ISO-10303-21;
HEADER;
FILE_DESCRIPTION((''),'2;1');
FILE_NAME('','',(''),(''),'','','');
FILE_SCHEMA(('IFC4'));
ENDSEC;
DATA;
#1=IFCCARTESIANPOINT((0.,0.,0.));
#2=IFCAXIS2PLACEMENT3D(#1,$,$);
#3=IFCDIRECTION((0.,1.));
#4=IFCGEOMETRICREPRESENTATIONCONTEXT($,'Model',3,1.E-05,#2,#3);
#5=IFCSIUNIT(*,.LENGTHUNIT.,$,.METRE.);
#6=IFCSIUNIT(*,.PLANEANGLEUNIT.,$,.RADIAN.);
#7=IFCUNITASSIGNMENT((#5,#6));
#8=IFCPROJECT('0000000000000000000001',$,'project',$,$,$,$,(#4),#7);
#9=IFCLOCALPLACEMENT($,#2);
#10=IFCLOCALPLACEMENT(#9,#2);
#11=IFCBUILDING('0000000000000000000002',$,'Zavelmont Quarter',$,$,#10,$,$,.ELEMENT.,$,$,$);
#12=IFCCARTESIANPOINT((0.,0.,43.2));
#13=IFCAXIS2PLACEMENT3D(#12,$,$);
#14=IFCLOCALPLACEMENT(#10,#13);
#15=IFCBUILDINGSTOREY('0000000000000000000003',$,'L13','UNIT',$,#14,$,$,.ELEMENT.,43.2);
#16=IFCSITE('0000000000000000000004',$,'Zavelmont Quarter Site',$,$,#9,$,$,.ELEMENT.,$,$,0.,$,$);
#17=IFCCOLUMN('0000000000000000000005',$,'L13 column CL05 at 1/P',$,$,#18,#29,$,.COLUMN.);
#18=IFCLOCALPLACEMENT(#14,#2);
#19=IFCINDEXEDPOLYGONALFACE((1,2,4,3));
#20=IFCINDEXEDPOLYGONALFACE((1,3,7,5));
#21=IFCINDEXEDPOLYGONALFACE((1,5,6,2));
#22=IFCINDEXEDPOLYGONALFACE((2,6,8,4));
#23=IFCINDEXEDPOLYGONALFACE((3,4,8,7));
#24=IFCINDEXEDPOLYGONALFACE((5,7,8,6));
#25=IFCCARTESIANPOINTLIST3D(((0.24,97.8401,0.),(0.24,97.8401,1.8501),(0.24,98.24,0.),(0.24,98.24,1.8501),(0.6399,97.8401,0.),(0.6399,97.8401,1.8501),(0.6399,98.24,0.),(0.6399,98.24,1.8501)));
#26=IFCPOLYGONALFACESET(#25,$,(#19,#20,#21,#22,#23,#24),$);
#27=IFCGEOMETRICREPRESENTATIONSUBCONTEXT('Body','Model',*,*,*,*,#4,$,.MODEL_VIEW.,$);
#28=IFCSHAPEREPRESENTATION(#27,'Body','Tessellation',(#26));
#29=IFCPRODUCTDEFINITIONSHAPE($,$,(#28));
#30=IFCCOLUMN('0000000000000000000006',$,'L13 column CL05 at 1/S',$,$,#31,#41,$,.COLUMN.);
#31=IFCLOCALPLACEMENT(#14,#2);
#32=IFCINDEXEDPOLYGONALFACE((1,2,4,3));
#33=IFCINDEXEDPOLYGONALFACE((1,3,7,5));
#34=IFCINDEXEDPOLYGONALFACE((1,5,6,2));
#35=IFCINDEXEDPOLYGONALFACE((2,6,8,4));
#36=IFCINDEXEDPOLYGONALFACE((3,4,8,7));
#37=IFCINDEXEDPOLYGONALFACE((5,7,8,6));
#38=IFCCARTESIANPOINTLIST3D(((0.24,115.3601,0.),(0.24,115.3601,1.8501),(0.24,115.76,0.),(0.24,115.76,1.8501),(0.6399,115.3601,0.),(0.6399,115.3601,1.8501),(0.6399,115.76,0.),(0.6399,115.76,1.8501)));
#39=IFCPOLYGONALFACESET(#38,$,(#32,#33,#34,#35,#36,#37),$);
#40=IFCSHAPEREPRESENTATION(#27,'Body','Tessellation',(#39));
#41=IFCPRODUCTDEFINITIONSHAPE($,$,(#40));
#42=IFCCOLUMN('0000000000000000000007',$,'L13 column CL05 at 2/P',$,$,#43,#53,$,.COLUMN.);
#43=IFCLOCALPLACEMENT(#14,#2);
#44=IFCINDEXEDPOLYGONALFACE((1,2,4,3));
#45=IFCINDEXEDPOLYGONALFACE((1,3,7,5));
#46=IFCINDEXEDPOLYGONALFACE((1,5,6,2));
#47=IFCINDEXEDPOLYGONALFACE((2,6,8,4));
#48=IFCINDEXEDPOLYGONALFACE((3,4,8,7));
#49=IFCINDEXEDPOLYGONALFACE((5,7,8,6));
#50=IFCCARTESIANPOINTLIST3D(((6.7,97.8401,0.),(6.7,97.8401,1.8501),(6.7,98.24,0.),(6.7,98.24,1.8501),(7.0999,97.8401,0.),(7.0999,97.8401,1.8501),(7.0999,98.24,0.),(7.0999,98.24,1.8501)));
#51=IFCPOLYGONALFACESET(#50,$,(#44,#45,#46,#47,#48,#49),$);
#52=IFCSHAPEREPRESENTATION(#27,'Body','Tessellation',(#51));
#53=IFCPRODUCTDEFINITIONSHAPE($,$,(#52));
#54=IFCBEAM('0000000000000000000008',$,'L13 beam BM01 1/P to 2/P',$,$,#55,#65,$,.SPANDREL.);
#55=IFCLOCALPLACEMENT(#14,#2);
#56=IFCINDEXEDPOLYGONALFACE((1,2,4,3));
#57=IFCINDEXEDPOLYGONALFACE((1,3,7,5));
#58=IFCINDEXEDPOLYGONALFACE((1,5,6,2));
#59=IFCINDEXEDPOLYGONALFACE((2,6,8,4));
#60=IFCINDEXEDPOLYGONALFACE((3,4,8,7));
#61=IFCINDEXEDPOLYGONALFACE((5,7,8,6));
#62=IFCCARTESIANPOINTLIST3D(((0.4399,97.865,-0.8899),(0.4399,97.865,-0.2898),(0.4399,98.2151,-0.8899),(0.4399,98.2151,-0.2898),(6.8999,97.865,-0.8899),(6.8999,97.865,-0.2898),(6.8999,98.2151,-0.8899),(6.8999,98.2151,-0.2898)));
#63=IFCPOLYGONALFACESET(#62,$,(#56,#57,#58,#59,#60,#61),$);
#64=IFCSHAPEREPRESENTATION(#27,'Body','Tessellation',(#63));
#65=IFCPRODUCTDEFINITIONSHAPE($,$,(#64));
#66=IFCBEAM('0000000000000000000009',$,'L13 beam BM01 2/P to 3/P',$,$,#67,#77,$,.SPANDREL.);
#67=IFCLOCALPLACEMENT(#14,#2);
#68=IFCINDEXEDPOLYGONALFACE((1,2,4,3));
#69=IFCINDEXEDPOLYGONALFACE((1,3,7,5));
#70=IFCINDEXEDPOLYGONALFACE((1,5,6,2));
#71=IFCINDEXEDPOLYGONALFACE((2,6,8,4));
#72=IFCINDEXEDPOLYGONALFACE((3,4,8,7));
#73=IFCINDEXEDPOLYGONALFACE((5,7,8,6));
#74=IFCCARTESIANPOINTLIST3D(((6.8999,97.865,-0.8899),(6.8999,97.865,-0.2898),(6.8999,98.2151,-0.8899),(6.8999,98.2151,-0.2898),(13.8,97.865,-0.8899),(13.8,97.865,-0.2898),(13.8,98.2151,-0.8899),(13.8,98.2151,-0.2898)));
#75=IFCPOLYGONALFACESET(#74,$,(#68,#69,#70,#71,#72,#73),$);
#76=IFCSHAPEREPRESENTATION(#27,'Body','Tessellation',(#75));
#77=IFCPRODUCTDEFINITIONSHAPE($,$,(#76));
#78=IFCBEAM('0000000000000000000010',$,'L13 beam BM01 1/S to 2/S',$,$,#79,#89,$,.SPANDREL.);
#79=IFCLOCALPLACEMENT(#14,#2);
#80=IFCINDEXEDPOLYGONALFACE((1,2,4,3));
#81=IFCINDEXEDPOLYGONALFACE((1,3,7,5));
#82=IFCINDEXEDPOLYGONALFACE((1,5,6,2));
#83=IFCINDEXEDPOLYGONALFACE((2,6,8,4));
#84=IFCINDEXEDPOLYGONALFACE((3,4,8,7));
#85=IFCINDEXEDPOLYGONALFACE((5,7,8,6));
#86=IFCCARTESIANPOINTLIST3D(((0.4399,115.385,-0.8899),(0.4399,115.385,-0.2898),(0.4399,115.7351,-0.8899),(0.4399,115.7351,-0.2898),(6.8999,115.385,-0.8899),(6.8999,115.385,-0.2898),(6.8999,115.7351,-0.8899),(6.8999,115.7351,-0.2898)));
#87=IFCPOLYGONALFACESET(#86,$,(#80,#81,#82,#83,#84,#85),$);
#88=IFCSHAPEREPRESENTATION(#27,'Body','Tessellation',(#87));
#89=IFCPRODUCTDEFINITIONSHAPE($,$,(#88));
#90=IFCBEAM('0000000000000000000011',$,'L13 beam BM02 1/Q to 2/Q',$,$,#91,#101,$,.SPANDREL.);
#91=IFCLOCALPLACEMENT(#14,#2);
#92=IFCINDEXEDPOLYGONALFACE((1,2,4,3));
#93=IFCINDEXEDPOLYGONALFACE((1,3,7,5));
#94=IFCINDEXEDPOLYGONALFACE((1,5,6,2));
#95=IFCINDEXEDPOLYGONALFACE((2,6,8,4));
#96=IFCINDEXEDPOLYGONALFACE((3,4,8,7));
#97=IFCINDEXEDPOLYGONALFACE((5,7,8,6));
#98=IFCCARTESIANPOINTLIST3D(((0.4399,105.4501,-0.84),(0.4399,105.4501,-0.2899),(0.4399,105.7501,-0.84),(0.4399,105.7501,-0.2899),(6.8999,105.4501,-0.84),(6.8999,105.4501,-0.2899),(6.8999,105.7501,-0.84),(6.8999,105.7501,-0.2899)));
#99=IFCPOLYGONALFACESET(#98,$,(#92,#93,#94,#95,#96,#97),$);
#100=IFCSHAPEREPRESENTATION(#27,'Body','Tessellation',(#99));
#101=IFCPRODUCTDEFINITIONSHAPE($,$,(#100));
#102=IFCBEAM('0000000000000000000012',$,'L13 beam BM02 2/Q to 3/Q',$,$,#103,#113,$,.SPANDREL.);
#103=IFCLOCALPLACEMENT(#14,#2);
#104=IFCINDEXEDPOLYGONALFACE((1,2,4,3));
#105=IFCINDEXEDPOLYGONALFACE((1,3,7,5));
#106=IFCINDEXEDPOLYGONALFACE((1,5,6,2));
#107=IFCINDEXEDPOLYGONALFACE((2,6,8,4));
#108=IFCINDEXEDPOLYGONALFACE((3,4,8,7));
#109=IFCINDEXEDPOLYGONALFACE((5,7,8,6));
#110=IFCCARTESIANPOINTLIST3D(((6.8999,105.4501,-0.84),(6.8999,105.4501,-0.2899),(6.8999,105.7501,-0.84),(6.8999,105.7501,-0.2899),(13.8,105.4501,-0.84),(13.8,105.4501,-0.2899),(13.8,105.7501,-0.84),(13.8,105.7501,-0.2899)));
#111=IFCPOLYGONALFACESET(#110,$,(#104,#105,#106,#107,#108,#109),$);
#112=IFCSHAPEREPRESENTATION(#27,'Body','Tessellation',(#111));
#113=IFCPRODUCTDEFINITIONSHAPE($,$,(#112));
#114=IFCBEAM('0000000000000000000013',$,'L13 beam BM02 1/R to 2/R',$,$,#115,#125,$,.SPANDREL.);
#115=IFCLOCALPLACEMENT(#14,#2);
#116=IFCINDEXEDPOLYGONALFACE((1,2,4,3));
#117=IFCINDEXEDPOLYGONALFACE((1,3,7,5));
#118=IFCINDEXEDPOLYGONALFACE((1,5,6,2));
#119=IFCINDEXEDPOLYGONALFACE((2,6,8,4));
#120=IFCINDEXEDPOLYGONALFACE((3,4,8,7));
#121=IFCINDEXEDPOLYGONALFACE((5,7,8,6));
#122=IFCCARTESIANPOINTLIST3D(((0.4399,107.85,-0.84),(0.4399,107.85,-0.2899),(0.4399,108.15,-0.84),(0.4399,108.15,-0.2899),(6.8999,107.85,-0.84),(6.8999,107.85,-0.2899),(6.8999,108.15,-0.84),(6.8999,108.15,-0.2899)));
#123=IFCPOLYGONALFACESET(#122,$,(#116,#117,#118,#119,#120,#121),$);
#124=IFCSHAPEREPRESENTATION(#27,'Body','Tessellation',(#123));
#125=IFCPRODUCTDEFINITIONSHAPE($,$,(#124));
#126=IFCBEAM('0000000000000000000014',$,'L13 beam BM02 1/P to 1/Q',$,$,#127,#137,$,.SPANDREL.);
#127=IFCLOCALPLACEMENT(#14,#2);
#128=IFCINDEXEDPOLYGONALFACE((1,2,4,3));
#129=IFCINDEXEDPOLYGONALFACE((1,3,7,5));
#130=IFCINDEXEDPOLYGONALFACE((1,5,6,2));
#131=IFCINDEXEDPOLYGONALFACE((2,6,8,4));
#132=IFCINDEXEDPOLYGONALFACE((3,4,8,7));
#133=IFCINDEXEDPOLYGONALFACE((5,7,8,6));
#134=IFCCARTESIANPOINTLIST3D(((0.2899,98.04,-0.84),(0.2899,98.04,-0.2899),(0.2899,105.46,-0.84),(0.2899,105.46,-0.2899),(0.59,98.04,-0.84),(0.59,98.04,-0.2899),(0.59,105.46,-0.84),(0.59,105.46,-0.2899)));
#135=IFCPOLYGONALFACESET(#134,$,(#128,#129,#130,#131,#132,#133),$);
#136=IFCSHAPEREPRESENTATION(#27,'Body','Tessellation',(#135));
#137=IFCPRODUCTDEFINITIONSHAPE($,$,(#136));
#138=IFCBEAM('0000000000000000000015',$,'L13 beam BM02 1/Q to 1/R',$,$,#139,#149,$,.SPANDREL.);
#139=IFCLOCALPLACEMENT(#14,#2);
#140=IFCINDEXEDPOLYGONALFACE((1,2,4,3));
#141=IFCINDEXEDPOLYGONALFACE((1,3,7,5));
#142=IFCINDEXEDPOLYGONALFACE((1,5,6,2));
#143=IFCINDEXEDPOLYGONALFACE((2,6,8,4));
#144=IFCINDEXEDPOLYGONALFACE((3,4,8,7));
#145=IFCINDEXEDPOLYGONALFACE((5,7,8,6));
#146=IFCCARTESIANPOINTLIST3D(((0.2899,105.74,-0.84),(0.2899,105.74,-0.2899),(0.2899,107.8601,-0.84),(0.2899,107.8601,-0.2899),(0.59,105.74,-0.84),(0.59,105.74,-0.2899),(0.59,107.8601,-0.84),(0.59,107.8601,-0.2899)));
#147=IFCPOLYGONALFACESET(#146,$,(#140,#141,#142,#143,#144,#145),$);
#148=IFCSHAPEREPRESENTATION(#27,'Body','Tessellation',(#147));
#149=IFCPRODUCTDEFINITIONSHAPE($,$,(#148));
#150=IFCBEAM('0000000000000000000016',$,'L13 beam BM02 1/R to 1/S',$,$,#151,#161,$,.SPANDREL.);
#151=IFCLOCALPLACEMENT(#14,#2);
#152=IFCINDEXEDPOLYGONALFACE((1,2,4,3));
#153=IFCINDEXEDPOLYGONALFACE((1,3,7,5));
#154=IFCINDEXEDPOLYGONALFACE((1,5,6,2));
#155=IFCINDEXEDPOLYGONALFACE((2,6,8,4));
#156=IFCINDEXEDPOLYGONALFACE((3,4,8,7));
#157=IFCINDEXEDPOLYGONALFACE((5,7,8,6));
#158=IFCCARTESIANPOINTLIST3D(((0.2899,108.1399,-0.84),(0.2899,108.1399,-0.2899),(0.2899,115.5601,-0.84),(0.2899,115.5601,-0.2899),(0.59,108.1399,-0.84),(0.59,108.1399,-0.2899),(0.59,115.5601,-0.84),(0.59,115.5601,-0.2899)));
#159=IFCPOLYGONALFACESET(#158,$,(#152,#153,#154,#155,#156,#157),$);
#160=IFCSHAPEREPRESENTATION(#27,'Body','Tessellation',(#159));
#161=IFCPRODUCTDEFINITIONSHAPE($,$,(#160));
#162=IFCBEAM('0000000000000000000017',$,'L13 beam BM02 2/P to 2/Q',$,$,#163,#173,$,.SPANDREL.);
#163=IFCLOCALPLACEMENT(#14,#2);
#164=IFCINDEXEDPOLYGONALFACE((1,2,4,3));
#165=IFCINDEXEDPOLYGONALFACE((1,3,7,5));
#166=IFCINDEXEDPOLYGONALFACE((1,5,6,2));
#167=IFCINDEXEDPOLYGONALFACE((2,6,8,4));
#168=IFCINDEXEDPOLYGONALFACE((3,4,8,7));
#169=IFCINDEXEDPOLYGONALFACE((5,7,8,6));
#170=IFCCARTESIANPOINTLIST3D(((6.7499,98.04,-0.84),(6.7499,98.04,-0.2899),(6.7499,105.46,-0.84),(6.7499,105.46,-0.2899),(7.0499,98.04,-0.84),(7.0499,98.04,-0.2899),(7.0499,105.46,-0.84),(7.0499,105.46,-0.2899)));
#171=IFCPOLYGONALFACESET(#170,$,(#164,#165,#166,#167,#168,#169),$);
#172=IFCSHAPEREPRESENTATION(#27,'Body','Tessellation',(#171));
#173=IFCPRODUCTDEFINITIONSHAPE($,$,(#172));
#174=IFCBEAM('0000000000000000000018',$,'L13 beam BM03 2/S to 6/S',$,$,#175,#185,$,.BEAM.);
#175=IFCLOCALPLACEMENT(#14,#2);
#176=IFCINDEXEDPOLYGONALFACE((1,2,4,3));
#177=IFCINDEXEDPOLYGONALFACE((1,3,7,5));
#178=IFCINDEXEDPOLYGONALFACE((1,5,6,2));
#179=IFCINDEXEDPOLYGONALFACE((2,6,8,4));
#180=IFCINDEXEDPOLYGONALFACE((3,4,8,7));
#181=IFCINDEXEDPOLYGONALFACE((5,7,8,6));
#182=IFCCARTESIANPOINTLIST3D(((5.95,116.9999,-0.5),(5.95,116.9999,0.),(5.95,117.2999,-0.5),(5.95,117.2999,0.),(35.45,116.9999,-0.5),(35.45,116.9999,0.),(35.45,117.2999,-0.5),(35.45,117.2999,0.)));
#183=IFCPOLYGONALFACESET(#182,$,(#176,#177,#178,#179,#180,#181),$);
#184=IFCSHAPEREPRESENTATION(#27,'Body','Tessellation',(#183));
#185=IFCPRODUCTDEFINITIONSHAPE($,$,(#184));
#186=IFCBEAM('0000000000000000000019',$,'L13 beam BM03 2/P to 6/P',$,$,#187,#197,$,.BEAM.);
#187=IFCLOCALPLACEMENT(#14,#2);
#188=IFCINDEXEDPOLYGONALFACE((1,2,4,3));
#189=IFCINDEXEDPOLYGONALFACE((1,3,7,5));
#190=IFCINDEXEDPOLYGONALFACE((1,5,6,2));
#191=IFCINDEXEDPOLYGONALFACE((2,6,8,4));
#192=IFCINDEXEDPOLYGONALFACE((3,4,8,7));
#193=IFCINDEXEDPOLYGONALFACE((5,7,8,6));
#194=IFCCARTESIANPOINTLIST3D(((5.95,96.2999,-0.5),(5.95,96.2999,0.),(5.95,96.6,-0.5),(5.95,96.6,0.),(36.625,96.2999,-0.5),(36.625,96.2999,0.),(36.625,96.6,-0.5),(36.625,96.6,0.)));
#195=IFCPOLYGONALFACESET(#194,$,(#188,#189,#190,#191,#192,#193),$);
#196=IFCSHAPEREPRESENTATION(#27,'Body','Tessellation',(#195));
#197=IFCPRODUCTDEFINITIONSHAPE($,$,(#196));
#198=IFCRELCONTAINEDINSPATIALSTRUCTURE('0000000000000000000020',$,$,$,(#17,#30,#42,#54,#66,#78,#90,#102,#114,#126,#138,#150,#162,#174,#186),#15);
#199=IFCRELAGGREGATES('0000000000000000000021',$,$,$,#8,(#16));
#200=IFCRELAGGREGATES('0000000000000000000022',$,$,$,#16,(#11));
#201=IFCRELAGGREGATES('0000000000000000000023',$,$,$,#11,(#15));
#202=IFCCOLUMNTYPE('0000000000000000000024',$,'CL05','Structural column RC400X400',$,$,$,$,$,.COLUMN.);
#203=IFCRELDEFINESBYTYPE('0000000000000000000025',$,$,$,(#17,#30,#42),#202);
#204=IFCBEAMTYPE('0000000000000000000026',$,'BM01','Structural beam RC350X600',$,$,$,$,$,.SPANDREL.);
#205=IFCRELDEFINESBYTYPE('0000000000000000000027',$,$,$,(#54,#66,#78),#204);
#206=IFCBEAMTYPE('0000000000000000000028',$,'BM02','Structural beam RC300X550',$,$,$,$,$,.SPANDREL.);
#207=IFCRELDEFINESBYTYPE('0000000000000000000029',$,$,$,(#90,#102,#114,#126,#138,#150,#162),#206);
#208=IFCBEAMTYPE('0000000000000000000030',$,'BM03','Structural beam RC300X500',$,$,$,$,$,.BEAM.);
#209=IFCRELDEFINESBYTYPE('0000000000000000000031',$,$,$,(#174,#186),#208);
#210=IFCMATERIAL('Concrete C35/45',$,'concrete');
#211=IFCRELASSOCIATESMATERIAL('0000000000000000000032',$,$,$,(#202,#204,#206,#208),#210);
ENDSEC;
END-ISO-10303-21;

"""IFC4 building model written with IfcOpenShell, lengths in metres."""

from ifc_helpers import new_model, si_unit, direction, frame, origin, origin_2d, place, context, subcontext, project, spatial, rectangle, extrude, material, material_profile, profile_set, type_object, element, save


model = new_model("IFC4")

# Units and contexts
model_context = context("Model", 3, precision=1e-05, world=origin(), true_north=direction((0.0, 1.0)))
body_context = subcontext(model_context, "Body", "Model", "MODEL_VIEW")
ifc_project = project(units=[si_unit("LENGTHUNIT", "METRE"), si_unit("PLANEANGLEUNIT", "RADIAN")], contexts=[model_context])

# Site, building, storey
site_placement = place(None, origin())
site = spatial("IfcSite", under=ifc_project, at=site_placement, Name="Zavelmont Quarter Site", CompositionType="ELEMENT", RefElevation=0.0)
building_placement = place(site_placement, origin())
building = spatial("IfcBuilding", under=site, at=building_placement, Name="Zavelmont Quarter", CompositionType="ELEMENT")
storey_placement = place(building_placement, frame((0.0, 0.0, 43.2)))
storey = spatial("IfcBuildingStorey", under=building, at=storey_placement, Name="L13", Description="UNIT", CompositionType="ELEMENT", Elevation=43.2)

# Columns
ifc_material_1 = material(Name="Concrete C35/45", Category="concrete")
ifc_material_profile_1 = material_profile(ifc_material_1, rectangle(XDim=0.3999, YDim=0.3999, at=origin_2d()), Name="RC400X400")
ifc_profile_set_1 = profile_set([ifc_material_profile_1], Name="Concrete C35/45")
column_type = type_object("IfcColumnType", Name="CL05", Description="Structural column RC400X400", PredefinedType="COLUMN", material=ifc_profile_set_1)
for number, where, z_axis, x_axis, name in (
    (1, (0.4399, 98.04, 0.0), (0.0, 0.0, 1.0), (1.0, 0.0, 0.0), "L13 column CL05 at 1/P"),
    (2, (0.4399, 115.5601, 0.0), (0.0, 0.0, 1.0), (1.0, 0.0, 0.0), "L13 column CL05 at 1/S"),
    (3, (6.8999, 98.04, 0.0), (0.0, 0.0, 1.0), (1.0, 0.0, 0.0), "L13 column CL05 at 2/P"),
):
    element("IfcColumn", number, at=place(storey_placement, frame(where, z_axis=z_axis, x_axis=x_axis)), inside=storey, type_object=column_type, Name=name, PredefinedType="COLUMN", context=body_context, shape_type="SweptSolid", body=[
        extrude(rectangle(XDim=0.3999, YDim=0.3999, at=origin_2d()), origin(), (0.0, 0.0, 1.0), 1.8501),
    ])

# Beams
ifc_material_profile_2 = material_profile(ifc_material_1, rectangle(XDim=0.3501, YDim=0.6001, at=origin_2d()), Name="RC350X600")
ifc_profile_set_2 = profile_set([ifc_material_profile_2], Name="Concrete C35/45")
beam_type_1 = type_object("IfcBeamType", Name="BM01", Description="Structural beam RC350X600", PredefinedType="SPANDREL", material=ifc_profile_set_2)
beam_1_placement = place(storey_placement, frame((0.4399, 98.04, -0.5898), z_axis=(1.0, 0.0, 0.0), x_axis=(0.0, 1.0, 0.0)))
element("IfcBeam", 4, at=beam_1_placement, inside=storey, type_object=beam_type_1, Name="L13 beam BM01 1/P to 2/P", PredefinedType="SPANDREL", context=body_context, shape_type="SweptSolid", body=[
    extrude(rectangle(XDim=0.3501, YDim=0.6001, at=origin_2d()), origin(), (0.0, 0.0, 1.0), 6.46),
])
beam_2_placement = place(storey_placement, frame((6.8999, 98.04, -0.5898), z_axis=(1.0, 0.0, 0.0), x_axis=(0.0, 1.0, 0.0)))
element("IfcBeam", 5, at=beam_2_placement, inside=storey, type_object=beam_type_1, Name="L13 beam BM01 2/P to 3/P", PredefinedType="SPANDREL", context=body_context, shape_type="SweptSolid", body=[
    extrude(rectangle(XDim=0.3501, YDim=0.6001, at=origin_2d()), origin(), (0.0, 0.0, 1.0), 6.9001),
])
beam_3_placement = place(storey_placement, frame((0.4399, 115.5601, -0.5898), z_axis=(1.0, 0.0, 0.0), x_axis=(0.0, 1.0, 0.0)))
element("IfcBeam", 6, at=beam_3_placement, inside=storey, type_object=beam_type_1, Name="L13 beam BM01 1/S to 2/S", PredefinedType="SPANDREL", context=body_context, shape_type="SweptSolid", body=[
    extrude(rectangle(XDim=0.3501, YDim=0.6001, at=origin_2d()), origin(), (0.0, 0.0, 1.0), 6.46),
])
ifc_material_profile_3 = material_profile(ifc_material_1, rectangle(XDim=0.3, YDim=0.55, at=origin_2d()), Name="RC300X550")
ifc_profile_set_3 = profile_set([ifc_material_profile_3], Name="Concrete C35/45")
beam_type_2 = type_object("IfcBeamType", Name="BM02", Description="Structural beam RC300X550", PredefinedType="SPANDREL", material=ifc_profile_set_3)
beam_4_placement = place(storey_placement, frame((0.4399, 105.6001, -0.5649), z_axis=(1.0, 0.0, 0.0), x_axis=(0.0, 1.0, 0.0)))
element("IfcBeam", 7, at=beam_4_placement, inside=storey, type_object=beam_type_2, Name="L13 beam BM02 1/Q to 2/Q", PredefinedType="SPANDREL", context=body_context, shape_type="SweptSolid", body=[
    extrude(rectangle(XDim=0.3, YDim=0.55, at=origin_2d()), origin(), (0.0, 0.0, 1.0), 6.46),
])
beam_5_placement = place(storey_placement, frame((6.8999, 105.6001, -0.5649), z_axis=(1.0, 0.0, 0.0), x_axis=(0.0, 1.0, 0.0)))
element("IfcBeam", 8, at=beam_5_placement, inside=storey, type_object=beam_type_2, Name="L13 beam BM02 2/Q to 3/Q", PredefinedType="SPANDREL", context=body_context, shape_type="SweptSolid", body=[
    extrude(rectangle(XDim=0.3, YDim=0.55, at=origin_2d()), origin(), (0.0, 0.0, 1.0), 6.9001),
])
beam_6_placement = place(storey_placement, frame((0.4399, 108.0, -0.5649), z_axis=(1.0, 0.0, 0.0), x_axis=(0.0, 1.0, 0.0)))
element("IfcBeam", 9, at=beam_6_placement, inside=storey, type_object=beam_type_2, Name="L13 beam BM02 1/R to 2/R", PredefinedType="SPANDREL", context=body_context, shape_type="SweptSolid", body=[
    extrude(rectangle(XDim=0.3, YDim=0.55, at=origin_2d()), origin(), (0.0, 0.0, 1.0), 6.46),
])
beam_7_placement = place(storey_placement, frame((0.4399, 98.04, -0.5649), z_axis=(0.0, 1.0, 0.0), x_axis=(-1.0, 0.0, 0.0)))
element("IfcBeam", 10, at=beam_7_placement, inside=storey, type_object=beam_type_2, Name="L13 beam BM02 1/P to 1/Q", PredefinedType="SPANDREL", context=body_context, shape_type="SweptSolid", body=[
    extrude(rectangle(XDim=0.3, YDim=0.55, at=origin_2d()), origin(), (0.0, 0.0, 1.0), 7.4199),
])
beam_8_placement = place(storey_placement, frame((0.4399, 105.74, -0.5649), z_axis=(0.0, 1.0, 0.0), x_axis=(-1.0, 0.0, 0.0)))
element("IfcBeam", 11, at=beam_8_placement, inside=storey, type_object=beam_type_2, Name="L13 beam BM02 1/Q to 1/R", PredefinedType="SPANDREL", context=body_context, shape_type="SweptSolid", body=[
    extrude(rectangle(XDim=0.3, YDim=0.55, at=origin_2d()), origin(), (0.0, 0.0, 1.0), 2.1201),
])
beam_9_placement = place(storey_placement, frame((0.4399, 108.1399, -0.5649), z_axis=(0.0, 1.0, 0.0), x_axis=(-1.0, 0.0, 0.0)))
element("IfcBeam", 12, at=beam_9_placement, inside=storey, type_object=beam_type_2, Name="L13 beam BM02 1/R to 1/S", PredefinedType="SPANDREL", context=body_context, shape_type="SweptSolid", body=[
    extrude(rectangle(XDim=0.3, YDim=0.55, at=origin_2d()), origin(), (0.0, 0.0, 1.0), 7.4202),
])
beam_10_placement = place(storey_placement, frame((6.8999, 98.04, -0.5649), z_axis=(0.0, 1.0, 0.0), x_axis=(-1.0, 0.0, 0.0)))
element("IfcBeam", 13, at=beam_10_placement, inside=storey, type_object=beam_type_2, Name="L13 beam BM02 2/P to 2/Q", PredefinedType="SPANDREL", context=body_context, shape_type="SweptSolid", body=[
    extrude(rectangle(XDim=0.3, YDim=0.55, at=origin_2d()), origin(), (0.0, 0.0, 1.0), 7.4199),
])
ifc_material_profile_4 = material_profile(ifc_material_1, rectangle(XDim=0.3, YDim=0.5, at=origin_2d()), Name="RC300X500")
ifc_profile_set_4 = profile_set([ifc_material_profile_4], Name="Concrete C35/45")
beam_type_3 = type_object("IfcBeamType", Name="BM03", Description="Structural beam RC300X500", PredefinedType="BEAM", material=ifc_profile_set_4)
beam_11_placement = place(storey_placement, frame((5.95, 117.1499, -0.25), z_axis=(1.0, 0.0, 0.0), x_axis=(0.0, 1.0, 0.0)))
element("IfcBeam", 14, at=beam_11_placement, inside=storey, type_object=beam_type_3, Name="L13 beam BM03 2/S to 6/S", PredefinedType="BEAM", context=body_context, shape_type="SweptSolid", body=[
    extrude(rectangle(XDim=0.3, YDim=0.5, at=origin_2d()), origin(), (0.0, 0.0, 1.0), 29.5),
])
beam_12_placement = place(storey_placement, frame((5.95, 96.45, -0.25), z_axis=(1.0, 0.0, 0.0), x_axis=(0.0, 1.0, 0.0)))
element("IfcBeam", 15, at=beam_12_placement, inside=storey, type_object=beam_type_3, Name="L13 beam BM03 2/P to 6/P", PredefinedType="BEAM", context=body_context, shape_type="SweptSolid", body=[
    extrude(rectangle(XDim=0.3, YDim=0.5, at=origin_2d()), origin(), (0.0, 0.0, 1.0), 30.675),
])

save(model, "model.ifc")
